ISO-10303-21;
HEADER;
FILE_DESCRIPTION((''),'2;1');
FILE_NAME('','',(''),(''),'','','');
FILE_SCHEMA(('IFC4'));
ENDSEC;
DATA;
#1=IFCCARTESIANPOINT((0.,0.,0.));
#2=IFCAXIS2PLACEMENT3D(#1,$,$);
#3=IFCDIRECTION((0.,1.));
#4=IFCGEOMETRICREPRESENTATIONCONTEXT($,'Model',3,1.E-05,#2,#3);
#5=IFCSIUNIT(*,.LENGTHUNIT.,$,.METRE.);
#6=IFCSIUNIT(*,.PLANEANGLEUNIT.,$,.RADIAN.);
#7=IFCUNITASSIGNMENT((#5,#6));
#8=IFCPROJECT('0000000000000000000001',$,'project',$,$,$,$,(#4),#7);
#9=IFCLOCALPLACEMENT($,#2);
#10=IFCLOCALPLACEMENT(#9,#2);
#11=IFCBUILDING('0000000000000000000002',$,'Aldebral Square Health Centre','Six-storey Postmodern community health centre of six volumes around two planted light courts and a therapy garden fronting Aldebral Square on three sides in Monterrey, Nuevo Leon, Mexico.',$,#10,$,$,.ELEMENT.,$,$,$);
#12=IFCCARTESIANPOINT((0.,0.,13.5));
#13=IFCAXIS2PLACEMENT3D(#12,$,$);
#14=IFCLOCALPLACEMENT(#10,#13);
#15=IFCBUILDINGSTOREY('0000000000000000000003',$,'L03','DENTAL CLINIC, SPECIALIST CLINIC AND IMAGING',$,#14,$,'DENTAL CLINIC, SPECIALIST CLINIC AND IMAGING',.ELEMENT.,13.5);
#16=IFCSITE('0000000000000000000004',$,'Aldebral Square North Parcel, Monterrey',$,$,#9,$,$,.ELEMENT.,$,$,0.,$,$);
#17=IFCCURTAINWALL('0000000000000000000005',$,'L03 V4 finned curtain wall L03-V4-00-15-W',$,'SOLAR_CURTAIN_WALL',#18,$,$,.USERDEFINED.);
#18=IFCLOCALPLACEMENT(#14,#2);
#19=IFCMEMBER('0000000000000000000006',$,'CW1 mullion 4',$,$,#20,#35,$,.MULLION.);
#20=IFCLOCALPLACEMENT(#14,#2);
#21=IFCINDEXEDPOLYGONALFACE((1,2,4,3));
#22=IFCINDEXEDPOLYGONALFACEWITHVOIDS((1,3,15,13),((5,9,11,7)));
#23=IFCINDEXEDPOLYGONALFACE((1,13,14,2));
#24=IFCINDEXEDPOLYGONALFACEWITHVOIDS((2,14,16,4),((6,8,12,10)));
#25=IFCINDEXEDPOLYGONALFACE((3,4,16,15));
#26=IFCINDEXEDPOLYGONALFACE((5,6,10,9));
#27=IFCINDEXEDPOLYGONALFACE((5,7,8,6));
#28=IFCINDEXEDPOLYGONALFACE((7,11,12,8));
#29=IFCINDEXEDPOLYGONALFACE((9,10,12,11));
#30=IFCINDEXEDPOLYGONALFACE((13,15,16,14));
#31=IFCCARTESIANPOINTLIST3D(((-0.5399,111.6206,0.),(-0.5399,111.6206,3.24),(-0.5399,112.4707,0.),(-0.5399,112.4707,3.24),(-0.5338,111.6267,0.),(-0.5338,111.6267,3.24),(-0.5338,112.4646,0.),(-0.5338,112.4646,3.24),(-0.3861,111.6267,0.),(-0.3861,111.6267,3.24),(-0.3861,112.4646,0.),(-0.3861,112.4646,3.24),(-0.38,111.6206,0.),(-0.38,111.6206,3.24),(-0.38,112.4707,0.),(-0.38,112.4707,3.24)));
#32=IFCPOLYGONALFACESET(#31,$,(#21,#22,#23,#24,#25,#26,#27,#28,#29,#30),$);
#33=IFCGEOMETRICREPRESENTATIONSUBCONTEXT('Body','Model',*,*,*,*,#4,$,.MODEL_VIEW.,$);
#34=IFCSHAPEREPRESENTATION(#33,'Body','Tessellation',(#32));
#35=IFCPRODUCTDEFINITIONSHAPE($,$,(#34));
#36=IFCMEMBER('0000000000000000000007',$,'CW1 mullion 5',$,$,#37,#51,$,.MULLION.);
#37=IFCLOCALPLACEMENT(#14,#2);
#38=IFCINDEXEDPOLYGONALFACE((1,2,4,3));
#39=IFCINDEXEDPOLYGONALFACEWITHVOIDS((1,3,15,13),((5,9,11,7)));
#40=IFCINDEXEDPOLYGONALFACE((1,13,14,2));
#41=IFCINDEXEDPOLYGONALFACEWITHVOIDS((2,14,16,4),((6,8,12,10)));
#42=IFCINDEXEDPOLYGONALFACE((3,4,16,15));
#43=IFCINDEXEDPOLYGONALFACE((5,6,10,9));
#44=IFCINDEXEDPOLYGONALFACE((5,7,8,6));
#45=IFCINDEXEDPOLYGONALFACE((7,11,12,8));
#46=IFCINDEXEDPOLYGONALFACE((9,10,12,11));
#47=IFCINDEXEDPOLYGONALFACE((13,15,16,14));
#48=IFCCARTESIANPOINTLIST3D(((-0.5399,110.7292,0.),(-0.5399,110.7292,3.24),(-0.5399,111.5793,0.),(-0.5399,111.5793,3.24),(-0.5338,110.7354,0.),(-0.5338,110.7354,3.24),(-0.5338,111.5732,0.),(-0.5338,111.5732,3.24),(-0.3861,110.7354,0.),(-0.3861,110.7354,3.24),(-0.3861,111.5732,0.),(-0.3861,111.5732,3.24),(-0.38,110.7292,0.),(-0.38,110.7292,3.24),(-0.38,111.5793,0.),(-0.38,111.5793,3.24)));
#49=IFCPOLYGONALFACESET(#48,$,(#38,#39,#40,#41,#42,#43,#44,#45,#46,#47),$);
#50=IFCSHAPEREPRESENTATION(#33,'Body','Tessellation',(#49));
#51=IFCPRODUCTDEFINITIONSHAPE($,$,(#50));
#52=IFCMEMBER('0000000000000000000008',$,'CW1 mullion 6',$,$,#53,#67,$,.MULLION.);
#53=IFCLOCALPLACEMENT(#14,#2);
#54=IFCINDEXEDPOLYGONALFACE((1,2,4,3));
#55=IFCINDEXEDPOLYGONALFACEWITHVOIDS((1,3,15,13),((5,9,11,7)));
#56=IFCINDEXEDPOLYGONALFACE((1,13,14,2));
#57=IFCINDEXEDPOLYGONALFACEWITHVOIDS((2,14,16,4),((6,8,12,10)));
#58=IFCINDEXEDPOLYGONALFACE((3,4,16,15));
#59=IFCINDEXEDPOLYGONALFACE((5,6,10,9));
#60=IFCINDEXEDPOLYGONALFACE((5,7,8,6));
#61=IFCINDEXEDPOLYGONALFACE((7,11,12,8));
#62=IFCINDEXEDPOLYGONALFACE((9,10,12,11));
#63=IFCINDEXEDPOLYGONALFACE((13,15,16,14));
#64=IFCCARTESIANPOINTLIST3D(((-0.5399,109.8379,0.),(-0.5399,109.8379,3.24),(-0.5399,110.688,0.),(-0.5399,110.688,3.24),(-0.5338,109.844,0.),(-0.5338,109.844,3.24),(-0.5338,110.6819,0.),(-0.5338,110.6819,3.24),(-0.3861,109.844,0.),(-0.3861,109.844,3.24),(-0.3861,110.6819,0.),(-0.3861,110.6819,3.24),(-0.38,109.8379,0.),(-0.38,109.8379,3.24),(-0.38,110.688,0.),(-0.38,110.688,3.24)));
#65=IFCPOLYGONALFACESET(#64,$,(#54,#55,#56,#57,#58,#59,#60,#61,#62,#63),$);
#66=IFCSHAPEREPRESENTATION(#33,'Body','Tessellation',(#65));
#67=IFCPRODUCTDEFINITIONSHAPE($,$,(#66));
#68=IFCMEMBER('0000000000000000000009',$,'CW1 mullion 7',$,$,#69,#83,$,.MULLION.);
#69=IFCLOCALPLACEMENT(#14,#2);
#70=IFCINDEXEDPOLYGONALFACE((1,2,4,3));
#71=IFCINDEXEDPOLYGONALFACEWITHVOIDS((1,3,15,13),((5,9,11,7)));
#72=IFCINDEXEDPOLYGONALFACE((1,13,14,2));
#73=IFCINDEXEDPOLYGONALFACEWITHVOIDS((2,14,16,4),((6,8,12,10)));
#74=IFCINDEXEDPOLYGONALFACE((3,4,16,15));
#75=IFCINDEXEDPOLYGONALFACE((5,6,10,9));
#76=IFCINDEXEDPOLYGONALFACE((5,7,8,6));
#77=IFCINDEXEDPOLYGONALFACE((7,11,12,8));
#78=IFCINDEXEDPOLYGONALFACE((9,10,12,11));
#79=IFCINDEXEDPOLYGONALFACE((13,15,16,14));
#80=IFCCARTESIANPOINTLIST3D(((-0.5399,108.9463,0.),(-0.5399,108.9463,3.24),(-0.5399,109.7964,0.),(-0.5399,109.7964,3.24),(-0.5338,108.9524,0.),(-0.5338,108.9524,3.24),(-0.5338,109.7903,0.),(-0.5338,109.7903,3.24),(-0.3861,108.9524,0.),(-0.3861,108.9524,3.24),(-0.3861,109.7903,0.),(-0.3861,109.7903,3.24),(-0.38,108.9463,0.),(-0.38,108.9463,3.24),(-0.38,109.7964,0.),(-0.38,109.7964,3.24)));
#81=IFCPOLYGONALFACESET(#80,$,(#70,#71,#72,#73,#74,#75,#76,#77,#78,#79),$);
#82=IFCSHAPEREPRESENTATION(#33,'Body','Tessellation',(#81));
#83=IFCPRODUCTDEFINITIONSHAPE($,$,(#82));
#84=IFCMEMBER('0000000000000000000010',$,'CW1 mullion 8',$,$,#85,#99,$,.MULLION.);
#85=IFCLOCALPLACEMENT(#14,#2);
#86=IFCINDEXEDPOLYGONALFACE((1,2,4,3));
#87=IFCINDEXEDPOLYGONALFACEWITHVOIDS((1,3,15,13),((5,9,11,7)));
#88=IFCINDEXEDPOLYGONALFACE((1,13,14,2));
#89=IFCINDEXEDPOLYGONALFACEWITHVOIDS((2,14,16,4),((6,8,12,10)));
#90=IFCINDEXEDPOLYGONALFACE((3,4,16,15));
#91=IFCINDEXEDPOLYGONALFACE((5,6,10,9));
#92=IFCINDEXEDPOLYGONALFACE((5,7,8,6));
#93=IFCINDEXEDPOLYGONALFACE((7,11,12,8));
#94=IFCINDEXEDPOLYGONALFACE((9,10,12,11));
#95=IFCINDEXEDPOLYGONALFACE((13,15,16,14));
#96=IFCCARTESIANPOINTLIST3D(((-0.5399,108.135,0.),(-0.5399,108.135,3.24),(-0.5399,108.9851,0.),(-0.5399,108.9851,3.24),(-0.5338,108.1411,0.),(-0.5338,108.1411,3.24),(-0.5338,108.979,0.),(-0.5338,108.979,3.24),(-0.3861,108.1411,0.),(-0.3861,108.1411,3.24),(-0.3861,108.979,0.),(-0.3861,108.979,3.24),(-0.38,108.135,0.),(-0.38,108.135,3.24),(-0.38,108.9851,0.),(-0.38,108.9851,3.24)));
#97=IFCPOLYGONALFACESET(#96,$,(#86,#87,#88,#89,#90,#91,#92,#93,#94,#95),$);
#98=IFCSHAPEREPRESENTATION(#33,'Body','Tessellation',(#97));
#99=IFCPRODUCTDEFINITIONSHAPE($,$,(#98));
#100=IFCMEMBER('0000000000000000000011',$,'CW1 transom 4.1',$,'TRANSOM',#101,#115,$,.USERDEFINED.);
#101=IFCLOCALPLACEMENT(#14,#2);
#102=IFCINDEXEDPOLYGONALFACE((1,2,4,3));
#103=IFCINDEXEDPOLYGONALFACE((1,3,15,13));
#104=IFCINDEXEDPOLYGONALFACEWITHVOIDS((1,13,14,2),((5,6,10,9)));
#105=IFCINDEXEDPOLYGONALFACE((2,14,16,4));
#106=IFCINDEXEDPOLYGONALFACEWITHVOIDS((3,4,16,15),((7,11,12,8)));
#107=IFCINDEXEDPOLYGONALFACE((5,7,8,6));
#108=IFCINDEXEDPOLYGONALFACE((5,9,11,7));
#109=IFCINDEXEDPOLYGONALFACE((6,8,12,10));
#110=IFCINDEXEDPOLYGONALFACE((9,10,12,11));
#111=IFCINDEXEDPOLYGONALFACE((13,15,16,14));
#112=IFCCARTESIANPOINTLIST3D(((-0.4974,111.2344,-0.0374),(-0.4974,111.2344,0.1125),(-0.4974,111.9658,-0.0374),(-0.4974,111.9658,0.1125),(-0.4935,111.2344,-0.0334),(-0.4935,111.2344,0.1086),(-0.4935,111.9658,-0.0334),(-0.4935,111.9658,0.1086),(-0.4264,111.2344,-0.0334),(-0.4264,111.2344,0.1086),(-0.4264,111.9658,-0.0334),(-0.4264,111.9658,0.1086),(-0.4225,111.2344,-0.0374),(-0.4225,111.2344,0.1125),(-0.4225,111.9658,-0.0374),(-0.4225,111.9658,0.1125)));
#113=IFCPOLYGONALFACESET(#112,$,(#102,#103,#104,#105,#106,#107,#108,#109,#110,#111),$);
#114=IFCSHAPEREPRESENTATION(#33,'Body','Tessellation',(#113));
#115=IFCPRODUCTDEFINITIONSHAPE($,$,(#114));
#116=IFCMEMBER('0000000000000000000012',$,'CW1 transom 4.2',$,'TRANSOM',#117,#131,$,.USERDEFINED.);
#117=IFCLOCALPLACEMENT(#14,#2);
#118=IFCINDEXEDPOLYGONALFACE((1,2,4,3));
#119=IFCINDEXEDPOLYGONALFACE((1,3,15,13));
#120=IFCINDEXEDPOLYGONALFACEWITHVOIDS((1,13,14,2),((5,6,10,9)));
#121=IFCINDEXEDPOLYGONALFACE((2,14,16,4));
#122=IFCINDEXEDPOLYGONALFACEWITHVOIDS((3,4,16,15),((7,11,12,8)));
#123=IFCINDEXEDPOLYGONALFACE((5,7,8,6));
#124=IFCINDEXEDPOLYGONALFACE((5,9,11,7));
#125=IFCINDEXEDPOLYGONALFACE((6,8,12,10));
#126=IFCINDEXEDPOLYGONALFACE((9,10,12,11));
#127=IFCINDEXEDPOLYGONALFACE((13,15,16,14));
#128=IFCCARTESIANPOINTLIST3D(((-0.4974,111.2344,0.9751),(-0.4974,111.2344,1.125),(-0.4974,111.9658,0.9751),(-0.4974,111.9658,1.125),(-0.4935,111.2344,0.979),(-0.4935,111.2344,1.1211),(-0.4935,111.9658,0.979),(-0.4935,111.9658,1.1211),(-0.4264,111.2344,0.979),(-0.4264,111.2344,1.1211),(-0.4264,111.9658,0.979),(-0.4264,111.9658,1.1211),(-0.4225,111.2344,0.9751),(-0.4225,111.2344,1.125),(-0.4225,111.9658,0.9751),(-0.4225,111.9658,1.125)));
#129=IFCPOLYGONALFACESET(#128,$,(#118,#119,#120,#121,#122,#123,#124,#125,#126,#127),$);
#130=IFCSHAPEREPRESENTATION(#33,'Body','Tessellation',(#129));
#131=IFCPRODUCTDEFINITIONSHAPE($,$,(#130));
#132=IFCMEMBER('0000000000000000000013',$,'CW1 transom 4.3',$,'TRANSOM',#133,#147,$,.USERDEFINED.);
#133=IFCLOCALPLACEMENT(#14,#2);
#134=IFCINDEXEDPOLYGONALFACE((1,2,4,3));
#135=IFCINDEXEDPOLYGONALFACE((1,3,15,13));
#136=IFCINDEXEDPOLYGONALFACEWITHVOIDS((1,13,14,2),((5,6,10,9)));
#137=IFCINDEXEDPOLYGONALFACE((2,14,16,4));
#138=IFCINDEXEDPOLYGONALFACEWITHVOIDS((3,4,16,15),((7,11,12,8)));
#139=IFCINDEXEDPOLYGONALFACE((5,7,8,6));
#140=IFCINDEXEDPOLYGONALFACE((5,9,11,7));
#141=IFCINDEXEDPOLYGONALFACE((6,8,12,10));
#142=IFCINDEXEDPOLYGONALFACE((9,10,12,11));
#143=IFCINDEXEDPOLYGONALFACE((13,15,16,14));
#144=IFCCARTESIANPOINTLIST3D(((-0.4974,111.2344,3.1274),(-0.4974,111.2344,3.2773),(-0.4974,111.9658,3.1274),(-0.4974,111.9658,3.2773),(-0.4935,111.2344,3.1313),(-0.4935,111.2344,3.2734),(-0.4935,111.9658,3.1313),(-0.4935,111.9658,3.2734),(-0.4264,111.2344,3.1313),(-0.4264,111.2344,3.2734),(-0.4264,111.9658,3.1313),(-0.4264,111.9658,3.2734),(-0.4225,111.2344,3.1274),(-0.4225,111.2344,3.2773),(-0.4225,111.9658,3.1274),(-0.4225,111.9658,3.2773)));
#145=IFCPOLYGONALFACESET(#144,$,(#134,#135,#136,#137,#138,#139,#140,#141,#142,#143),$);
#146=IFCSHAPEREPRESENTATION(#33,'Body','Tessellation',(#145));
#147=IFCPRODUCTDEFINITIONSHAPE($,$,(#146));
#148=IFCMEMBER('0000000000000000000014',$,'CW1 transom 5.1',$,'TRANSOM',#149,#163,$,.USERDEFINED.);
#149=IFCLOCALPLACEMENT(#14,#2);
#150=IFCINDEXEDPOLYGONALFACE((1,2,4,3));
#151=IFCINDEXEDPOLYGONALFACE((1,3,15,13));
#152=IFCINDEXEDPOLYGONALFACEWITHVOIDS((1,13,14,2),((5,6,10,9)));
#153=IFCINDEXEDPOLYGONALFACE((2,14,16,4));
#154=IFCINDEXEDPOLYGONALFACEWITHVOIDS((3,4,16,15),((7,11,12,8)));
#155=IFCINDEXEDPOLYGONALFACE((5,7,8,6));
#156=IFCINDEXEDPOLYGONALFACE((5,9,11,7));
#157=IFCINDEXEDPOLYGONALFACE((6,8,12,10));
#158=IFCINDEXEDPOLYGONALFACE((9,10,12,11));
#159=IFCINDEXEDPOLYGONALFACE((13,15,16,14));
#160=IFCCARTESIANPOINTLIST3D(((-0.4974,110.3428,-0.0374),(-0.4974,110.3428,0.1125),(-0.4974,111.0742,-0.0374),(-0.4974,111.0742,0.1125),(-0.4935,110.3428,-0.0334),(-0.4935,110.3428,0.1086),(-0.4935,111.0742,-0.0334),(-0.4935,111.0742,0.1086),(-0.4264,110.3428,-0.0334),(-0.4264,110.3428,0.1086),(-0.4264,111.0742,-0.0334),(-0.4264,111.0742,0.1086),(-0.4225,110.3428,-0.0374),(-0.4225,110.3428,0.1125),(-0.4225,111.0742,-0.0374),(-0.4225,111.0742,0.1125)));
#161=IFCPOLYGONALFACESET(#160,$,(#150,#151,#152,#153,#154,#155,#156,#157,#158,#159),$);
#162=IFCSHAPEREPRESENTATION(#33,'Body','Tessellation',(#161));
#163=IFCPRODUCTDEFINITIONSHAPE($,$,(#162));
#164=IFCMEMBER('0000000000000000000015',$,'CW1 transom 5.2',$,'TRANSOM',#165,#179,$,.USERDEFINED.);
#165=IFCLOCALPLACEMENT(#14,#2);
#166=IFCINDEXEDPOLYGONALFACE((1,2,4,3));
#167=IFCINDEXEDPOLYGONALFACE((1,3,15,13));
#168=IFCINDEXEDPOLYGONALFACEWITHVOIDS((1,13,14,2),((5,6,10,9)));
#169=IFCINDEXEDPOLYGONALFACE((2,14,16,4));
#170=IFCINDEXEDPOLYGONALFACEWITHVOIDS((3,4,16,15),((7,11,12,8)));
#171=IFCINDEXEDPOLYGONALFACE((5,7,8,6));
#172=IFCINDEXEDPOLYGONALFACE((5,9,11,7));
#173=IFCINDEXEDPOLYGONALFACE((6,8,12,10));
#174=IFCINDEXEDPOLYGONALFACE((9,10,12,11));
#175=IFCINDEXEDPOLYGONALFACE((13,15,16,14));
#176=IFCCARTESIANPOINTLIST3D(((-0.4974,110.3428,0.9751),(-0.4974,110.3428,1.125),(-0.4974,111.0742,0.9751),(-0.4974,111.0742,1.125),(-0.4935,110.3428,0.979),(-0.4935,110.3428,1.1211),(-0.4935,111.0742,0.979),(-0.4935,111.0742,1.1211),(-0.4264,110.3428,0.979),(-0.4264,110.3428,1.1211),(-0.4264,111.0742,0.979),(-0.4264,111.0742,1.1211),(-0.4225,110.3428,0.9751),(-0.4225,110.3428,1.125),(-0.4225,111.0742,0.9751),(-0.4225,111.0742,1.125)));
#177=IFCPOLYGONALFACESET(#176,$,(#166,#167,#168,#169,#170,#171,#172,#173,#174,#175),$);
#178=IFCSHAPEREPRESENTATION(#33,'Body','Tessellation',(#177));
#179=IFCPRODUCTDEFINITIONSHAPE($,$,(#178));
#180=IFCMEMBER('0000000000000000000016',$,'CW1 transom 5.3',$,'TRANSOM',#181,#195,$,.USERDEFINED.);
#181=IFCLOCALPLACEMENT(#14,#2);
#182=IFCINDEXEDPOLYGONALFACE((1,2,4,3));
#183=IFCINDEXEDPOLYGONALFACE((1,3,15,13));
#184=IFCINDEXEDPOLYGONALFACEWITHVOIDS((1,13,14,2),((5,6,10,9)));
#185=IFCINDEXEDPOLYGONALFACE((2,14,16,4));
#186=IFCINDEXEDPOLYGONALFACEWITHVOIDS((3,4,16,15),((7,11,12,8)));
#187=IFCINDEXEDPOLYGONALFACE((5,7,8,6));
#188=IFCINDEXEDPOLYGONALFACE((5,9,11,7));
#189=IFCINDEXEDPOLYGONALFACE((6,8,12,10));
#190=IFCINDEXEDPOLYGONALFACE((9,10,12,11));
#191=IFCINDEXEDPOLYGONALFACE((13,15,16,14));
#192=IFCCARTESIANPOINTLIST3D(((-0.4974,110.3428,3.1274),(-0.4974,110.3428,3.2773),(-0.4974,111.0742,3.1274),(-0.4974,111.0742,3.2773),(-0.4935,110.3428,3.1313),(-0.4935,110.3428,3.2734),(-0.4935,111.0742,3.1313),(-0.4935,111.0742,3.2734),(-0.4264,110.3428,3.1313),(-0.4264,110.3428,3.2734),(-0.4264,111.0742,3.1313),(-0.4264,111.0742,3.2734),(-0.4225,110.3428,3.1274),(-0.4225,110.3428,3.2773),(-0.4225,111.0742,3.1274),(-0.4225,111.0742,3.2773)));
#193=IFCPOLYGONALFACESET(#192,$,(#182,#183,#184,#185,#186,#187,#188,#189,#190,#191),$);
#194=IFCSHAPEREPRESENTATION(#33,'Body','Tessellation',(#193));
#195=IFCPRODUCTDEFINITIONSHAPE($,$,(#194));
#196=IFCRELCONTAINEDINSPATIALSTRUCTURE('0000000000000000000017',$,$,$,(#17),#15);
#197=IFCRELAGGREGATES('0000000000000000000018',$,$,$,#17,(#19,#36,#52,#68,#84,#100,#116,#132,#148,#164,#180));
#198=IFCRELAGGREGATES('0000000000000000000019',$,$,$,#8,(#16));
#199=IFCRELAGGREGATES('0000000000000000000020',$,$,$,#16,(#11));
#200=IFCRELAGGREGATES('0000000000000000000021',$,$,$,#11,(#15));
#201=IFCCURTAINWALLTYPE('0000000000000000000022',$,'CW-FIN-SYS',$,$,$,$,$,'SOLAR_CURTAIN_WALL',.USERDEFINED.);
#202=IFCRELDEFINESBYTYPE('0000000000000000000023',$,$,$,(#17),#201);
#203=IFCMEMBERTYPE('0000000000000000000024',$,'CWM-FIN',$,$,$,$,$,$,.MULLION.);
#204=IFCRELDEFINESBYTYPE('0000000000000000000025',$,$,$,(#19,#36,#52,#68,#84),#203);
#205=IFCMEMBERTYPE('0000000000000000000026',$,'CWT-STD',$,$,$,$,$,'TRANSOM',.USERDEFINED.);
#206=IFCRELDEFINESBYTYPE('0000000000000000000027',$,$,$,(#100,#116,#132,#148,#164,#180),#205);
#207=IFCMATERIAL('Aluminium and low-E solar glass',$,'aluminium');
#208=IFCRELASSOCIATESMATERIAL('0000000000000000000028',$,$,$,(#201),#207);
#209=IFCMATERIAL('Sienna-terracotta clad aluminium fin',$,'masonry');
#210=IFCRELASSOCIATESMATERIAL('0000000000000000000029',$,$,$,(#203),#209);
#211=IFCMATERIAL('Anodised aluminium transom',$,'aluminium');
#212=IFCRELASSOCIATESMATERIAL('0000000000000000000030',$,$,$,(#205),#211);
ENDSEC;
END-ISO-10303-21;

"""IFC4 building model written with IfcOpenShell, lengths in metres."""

from ifc_helpers import new_model, si_unit, direction, frame, origin, origin_2d, place, context, subcontext, project, spatial, hollow_rectangle, extrude, material, material_profile, profile_set, type_object, element, aggregate, save


model = new_model("IFC4")

# Units and contexts
model_context = context("Model", 3, precision=1e-05, world=origin(), true_north=direction((0.0, 1.0)))
body_context = subcontext(model_context, "Body", "Model", "MODEL_VIEW")
ifc_project = project(units=[si_unit("LENGTHUNIT", "METRE"), si_unit("PLANEANGLEUNIT", "RADIAN")], contexts=[model_context])

# Site, building, storey
site_placement = place(None, origin())
site = spatial("IfcSite", under=ifc_project, at=site_placement, Name="Aldebral Square North Parcel, Monterrey", CompositionType="ELEMENT", RefElevation=0.0)
building_placement = place(site_placement, origin())
building = spatial("IfcBuilding", under=site, at=building_placement, Name="Aldebral Square Health Centre", Description="Six-storey Postmodern community health centre of six volumes around two planted light courts and a therapy garden fronting Aldebral Square on three sides in Monterrey, Nuevo Leon, Mexico.", CompositionType="ELEMENT")
storey_placement = place(building_placement, frame((0.0, 0.0, 13.5)))
storey = spatial("IfcBuildingStorey", under=building, at=storey_placement, Name="L03", Description="DENTAL CLINIC, SPECIALIST CLINIC AND IMAGING", LongName="DENTAL CLINIC, SPECIALIST CLINIC AND IMAGING", CompositionType="ELEMENT", Elevation=13.5)

# Curtain wall, members
ifc_material_1 = material(Name="Aluminium and low-E solar glass", Category="aluminium")
curtain_wall_type = type_object("IfcCurtainWallType", Name="CW-FIN-SYS", ElementType="SOLAR_CURTAIN_WALL", PredefinedType="USERDEFINED", material=ifc_material_1)
curtain_wall_placement = place(storey_placement, origin())
curtain_wall = element("IfcCurtainWall", 1, at=curtain_wall_placement, inside=storey, type_object=curtain_wall_type, Name="L03 V4 finned curtain wall L03-V4-00-15-W", ObjectType="SOLAR_CURTAIN_WALL", PredefinedType="USERDEFINED")
ifc_material_2 = material(Name="Sienna-terracotta clad aluminium fin", Category="masonry")
ifc_material_profile_1 = material_profile(ifc_material_2, hollow_rectangle(XDim=0.1599, YDim=0.8501, WallThickness=0.0061, at=origin_2d()), Name="FIN 160x850x6")
ifc_profile_set_1 = profile_set([ifc_material_profile_1], Name="Sienna-terracotta clad aluminium fin")
member_type_1 = type_object("IfcMemberType", Name="CWM-FIN", PredefinedType="MULLION", material=ifc_profile_set_1)
member_1_placement = place(storey_placement, frame((-0.46, 112.0457, 0.0), z_axis=(0.0, 0.0, 1.0), x_axis=(1.0, 0.0, 0.0)))
member_1 = element("IfcMember", 2, at=member_1_placement, type_object=member_type_1, Name="CW1 mullion 4", PredefinedType="MULLION", context=body_context, shape_type="SweptSolid", body=[
    extrude(hollow_rectangle(XDim=0.1599, YDim=0.8501, WallThickness=0.0061, at=origin_2d()), origin(), (0.0, 0.0, 1.0), 3.24),
])
member_2_placement = place(storey_placement, frame((-0.46, 111.1543, 0.0), z_axis=(0.0, 0.0, 1.0), x_axis=(1.0, 0.0, 0.0)))
member_2 = element("IfcMember", 3, at=member_2_placement, type_object=member_type_1, Name="CW1 mullion 5", PredefinedType="MULLION", context=body_context, shape_type="SweptSolid", body=[
    extrude(hollow_rectangle(XDim=0.1599, YDim=0.8501, WallThickness=0.0061, at=origin_2d()), origin(), (0.0, 0.0, 1.0), 3.24),
])
member_3_placement = place(storey_placement, frame((-0.46, 110.2629, 0.0), z_axis=(0.0, 0.0, 1.0), x_axis=(1.0, 0.0, 0.0)))
member_3 = element("IfcMember", 4, at=member_3_placement, type_object=member_type_1, Name="CW1 mullion 6", PredefinedType="MULLION", context=body_context, shape_type="SweptSolid", body=[
    extrude(hollow_rectangle(XDim=0.1599, YDim=0.8501, WallThickness=0.0061, at=origin_2d()), origin(), (0.0, 0.0, 1.0), 3.24),
])
member_4_placement = place(storey_placement, frame((-0.46, 109.3713, 0.0), z_axis=(0.0, 0.0, 1.0), x_axis=(1.0, 0.0, 0.0)))
member_4 = element("IfcMember", 5, at=member_4_placement, type_object=member_type_1, Name="CW1 mullion 7", PredefinedType="MULLION", context=body_context, shape_type="SweptSolid", body=[
    extrude(hollow_rectangle(XDim=0.1599, YDim=0.8501, WallThickness=0.0061, at=origin_2d()), origin(), (0.0, 0.0, 1.0), 3.24),
])
member_5_placement = place(storey_placement, frame((-0.46, 108.5601, 0.0), z_axis=(0.0, 0.0, 1.0), x_axis=(1.0, 0.0, 0.0)))
member_5 = element("IfcMember", 6, at=member_5_placement, type_object=member_type_1, Name="CW1 mullion 8", PredefinedType="MULLION", context=body_context, shape_type="SweptSolid", body=[
    extrude(hollow_rectangle(XDim=0.1599, YDim=0.8501, WallThickness=0.0061, at=origin_2d()), origin(), (0.0, 0.0, 1.0), 3.24),
])
ifc_material_3 = material(Name="Anodised aluminium transom", Category="aluminium")
ifc_material_profile_2 = material_profile(ifc_material_3, hollow_rectangle(XDim=0.075, YDim=0.1499, WallThickness=0.0039, at=origin_2d()), Name="CWT 75x150x4")
ifc_profile_set_2 = profile_set([ifc_material_profile_2], Name="Anodised aluminium transom")
member_type_2 = type_object("IfcMemberType", Name="CWT-STD", ElementType="TRANSOM", PredefinedType="USERDEFINED", material=ifc_profile_set_2)
member_6_placement = place(storey_placement, frame((-0.46, 111.9658, 0.0376), z_axis=(0.0, -1.0, 0.0), x_axis=(1.0, 0.0, 0.0)))
member_6 = element("IfcMember", 7, at=member_6_placement, type_object=member_type_2, Name="CW1 transom 4.1", ObjectType="TRANSOM", PredefinedType="USERDEFINED", context=body_context, shape_type="SweptSolid", body=[
    extrude(hollow_rectangle(XDim=0.075, YDim=0.1499, WallThickness=0.0039, at=origin_2d()), origin(), (0.0, 0.0, 1.0), 0.7314),
])
member_7_placement = place(storey_placement, frame((-0.46, 111.9658, 1.05), z_axis=(0.0, -1.0, 0.0), x_axis=(1.0, 0.0, 0.0)))
member_7 = element("IfcMember", 8, at=member_7_placement, type_object=member_type_2, Name="CW1 transom 4.2", ObjectType="TRANSOM", PredefinedType="USERDEFINED", context=body_context, shape_type="SweptSolid", body=[
    extrude(hollow_rectangle(XDim=0.075, YDim=0.1499, WallThickness=0.0039, at=origin_2d()), origin(), (0.0, 0.0, 1.0), 0.7314),
])
member_8_placement = place(storey_placement, frame((-0.46, 111.9658, 3.2024), z_axis=(0.0, -1.0, 0.0), x_axis=(1.0, 0.0, 0.0)))
member_8 = element("IfcMember", 9, at=member_8_placement, type_object=member_type_2, Name="CW1 transom 4.3", ObjectType="TRANSOM", PredefinedType="USERDEFINED", context=body_context, shape_type="SweptSolid", body=[
    extrude(hollow_rectangle(XDim=0.075, YDim=0.1499, WallThickness=0.0039, at=origin_2d()), origin(), (0.0, 0.0, 1.0), 0.7314),
])
member_9_placement = place(storey_placement, frame((-0.46, 111.0742, 0.0376), z_axis=(0.0, -1.0, 0.0), x_axis=(1.0, 0.0, 0.0)))
member_9 = element("IfcMember", 10, at=member_9_placement, type_object=member_type_2, Name="CW1 transom 5.1", ObjectType="TRANSOM", PredefinedType="USERDEFINED", context=body_context, shape_type="SweptSolid", body=[
    extrude(hollow_rectangle(XDim=0.075, YDim=0.1499, WallThickness=0.0039, at=origin_2d()), origin(), (0.0, 0.0, 1.0), 0.7314),
])
member_10_placement = place(storey_placement, frame((-0.46, 111.0742, 1.05), z_axis=(0.0, -1.0, 0.0), x_axis=(1.0, 0.0, 0.0)))
member_10 = element("IfcMember", 11, at=member_10_placement, type_object=member_type_2, Name="CW1 transom 5.2", ObjectType="TRANSOM", PredefinedType="USERDEFINED", context=body_context, shape_type="SweptSolid", body=[
    extrude(hollow_rectangle(XDim=0.075, YDim=0.1499, WallThickness=0.0039, at=origin_2d()), origin(), (0.0, 0.0, 1.0), 0.7314),
])
member_11_placement = place(storey_placement, frame((-0.46, 111.0742, 3.2024), z_axis=(0.0, -1.0, 0.0), x_axis=(1.0, 0.0, 0.0)))
member_11 = element("IfcMember", 12, at=member_11_placement, type_object=member_type_2, Name="CW1 transom 5.3", ObjectType="TRANSOM", PredefinedType="USERDEFINED", context=body_context, shape_type="SweptSolid", body=[
    extrude(hollow_rectangle(XDim=0.075, YDim=0.1499, WallThickness=0.0039, at=origin_2d()), origin(), (0.0, 0.0, 1.0), 0.7314),
])
aggregate(curtain_wall, [member_1, member_2, member_3, member_4, member_5, member_6, member_7, member_8, member_9, member_10, member_11])

save(model, "model.ifc")
